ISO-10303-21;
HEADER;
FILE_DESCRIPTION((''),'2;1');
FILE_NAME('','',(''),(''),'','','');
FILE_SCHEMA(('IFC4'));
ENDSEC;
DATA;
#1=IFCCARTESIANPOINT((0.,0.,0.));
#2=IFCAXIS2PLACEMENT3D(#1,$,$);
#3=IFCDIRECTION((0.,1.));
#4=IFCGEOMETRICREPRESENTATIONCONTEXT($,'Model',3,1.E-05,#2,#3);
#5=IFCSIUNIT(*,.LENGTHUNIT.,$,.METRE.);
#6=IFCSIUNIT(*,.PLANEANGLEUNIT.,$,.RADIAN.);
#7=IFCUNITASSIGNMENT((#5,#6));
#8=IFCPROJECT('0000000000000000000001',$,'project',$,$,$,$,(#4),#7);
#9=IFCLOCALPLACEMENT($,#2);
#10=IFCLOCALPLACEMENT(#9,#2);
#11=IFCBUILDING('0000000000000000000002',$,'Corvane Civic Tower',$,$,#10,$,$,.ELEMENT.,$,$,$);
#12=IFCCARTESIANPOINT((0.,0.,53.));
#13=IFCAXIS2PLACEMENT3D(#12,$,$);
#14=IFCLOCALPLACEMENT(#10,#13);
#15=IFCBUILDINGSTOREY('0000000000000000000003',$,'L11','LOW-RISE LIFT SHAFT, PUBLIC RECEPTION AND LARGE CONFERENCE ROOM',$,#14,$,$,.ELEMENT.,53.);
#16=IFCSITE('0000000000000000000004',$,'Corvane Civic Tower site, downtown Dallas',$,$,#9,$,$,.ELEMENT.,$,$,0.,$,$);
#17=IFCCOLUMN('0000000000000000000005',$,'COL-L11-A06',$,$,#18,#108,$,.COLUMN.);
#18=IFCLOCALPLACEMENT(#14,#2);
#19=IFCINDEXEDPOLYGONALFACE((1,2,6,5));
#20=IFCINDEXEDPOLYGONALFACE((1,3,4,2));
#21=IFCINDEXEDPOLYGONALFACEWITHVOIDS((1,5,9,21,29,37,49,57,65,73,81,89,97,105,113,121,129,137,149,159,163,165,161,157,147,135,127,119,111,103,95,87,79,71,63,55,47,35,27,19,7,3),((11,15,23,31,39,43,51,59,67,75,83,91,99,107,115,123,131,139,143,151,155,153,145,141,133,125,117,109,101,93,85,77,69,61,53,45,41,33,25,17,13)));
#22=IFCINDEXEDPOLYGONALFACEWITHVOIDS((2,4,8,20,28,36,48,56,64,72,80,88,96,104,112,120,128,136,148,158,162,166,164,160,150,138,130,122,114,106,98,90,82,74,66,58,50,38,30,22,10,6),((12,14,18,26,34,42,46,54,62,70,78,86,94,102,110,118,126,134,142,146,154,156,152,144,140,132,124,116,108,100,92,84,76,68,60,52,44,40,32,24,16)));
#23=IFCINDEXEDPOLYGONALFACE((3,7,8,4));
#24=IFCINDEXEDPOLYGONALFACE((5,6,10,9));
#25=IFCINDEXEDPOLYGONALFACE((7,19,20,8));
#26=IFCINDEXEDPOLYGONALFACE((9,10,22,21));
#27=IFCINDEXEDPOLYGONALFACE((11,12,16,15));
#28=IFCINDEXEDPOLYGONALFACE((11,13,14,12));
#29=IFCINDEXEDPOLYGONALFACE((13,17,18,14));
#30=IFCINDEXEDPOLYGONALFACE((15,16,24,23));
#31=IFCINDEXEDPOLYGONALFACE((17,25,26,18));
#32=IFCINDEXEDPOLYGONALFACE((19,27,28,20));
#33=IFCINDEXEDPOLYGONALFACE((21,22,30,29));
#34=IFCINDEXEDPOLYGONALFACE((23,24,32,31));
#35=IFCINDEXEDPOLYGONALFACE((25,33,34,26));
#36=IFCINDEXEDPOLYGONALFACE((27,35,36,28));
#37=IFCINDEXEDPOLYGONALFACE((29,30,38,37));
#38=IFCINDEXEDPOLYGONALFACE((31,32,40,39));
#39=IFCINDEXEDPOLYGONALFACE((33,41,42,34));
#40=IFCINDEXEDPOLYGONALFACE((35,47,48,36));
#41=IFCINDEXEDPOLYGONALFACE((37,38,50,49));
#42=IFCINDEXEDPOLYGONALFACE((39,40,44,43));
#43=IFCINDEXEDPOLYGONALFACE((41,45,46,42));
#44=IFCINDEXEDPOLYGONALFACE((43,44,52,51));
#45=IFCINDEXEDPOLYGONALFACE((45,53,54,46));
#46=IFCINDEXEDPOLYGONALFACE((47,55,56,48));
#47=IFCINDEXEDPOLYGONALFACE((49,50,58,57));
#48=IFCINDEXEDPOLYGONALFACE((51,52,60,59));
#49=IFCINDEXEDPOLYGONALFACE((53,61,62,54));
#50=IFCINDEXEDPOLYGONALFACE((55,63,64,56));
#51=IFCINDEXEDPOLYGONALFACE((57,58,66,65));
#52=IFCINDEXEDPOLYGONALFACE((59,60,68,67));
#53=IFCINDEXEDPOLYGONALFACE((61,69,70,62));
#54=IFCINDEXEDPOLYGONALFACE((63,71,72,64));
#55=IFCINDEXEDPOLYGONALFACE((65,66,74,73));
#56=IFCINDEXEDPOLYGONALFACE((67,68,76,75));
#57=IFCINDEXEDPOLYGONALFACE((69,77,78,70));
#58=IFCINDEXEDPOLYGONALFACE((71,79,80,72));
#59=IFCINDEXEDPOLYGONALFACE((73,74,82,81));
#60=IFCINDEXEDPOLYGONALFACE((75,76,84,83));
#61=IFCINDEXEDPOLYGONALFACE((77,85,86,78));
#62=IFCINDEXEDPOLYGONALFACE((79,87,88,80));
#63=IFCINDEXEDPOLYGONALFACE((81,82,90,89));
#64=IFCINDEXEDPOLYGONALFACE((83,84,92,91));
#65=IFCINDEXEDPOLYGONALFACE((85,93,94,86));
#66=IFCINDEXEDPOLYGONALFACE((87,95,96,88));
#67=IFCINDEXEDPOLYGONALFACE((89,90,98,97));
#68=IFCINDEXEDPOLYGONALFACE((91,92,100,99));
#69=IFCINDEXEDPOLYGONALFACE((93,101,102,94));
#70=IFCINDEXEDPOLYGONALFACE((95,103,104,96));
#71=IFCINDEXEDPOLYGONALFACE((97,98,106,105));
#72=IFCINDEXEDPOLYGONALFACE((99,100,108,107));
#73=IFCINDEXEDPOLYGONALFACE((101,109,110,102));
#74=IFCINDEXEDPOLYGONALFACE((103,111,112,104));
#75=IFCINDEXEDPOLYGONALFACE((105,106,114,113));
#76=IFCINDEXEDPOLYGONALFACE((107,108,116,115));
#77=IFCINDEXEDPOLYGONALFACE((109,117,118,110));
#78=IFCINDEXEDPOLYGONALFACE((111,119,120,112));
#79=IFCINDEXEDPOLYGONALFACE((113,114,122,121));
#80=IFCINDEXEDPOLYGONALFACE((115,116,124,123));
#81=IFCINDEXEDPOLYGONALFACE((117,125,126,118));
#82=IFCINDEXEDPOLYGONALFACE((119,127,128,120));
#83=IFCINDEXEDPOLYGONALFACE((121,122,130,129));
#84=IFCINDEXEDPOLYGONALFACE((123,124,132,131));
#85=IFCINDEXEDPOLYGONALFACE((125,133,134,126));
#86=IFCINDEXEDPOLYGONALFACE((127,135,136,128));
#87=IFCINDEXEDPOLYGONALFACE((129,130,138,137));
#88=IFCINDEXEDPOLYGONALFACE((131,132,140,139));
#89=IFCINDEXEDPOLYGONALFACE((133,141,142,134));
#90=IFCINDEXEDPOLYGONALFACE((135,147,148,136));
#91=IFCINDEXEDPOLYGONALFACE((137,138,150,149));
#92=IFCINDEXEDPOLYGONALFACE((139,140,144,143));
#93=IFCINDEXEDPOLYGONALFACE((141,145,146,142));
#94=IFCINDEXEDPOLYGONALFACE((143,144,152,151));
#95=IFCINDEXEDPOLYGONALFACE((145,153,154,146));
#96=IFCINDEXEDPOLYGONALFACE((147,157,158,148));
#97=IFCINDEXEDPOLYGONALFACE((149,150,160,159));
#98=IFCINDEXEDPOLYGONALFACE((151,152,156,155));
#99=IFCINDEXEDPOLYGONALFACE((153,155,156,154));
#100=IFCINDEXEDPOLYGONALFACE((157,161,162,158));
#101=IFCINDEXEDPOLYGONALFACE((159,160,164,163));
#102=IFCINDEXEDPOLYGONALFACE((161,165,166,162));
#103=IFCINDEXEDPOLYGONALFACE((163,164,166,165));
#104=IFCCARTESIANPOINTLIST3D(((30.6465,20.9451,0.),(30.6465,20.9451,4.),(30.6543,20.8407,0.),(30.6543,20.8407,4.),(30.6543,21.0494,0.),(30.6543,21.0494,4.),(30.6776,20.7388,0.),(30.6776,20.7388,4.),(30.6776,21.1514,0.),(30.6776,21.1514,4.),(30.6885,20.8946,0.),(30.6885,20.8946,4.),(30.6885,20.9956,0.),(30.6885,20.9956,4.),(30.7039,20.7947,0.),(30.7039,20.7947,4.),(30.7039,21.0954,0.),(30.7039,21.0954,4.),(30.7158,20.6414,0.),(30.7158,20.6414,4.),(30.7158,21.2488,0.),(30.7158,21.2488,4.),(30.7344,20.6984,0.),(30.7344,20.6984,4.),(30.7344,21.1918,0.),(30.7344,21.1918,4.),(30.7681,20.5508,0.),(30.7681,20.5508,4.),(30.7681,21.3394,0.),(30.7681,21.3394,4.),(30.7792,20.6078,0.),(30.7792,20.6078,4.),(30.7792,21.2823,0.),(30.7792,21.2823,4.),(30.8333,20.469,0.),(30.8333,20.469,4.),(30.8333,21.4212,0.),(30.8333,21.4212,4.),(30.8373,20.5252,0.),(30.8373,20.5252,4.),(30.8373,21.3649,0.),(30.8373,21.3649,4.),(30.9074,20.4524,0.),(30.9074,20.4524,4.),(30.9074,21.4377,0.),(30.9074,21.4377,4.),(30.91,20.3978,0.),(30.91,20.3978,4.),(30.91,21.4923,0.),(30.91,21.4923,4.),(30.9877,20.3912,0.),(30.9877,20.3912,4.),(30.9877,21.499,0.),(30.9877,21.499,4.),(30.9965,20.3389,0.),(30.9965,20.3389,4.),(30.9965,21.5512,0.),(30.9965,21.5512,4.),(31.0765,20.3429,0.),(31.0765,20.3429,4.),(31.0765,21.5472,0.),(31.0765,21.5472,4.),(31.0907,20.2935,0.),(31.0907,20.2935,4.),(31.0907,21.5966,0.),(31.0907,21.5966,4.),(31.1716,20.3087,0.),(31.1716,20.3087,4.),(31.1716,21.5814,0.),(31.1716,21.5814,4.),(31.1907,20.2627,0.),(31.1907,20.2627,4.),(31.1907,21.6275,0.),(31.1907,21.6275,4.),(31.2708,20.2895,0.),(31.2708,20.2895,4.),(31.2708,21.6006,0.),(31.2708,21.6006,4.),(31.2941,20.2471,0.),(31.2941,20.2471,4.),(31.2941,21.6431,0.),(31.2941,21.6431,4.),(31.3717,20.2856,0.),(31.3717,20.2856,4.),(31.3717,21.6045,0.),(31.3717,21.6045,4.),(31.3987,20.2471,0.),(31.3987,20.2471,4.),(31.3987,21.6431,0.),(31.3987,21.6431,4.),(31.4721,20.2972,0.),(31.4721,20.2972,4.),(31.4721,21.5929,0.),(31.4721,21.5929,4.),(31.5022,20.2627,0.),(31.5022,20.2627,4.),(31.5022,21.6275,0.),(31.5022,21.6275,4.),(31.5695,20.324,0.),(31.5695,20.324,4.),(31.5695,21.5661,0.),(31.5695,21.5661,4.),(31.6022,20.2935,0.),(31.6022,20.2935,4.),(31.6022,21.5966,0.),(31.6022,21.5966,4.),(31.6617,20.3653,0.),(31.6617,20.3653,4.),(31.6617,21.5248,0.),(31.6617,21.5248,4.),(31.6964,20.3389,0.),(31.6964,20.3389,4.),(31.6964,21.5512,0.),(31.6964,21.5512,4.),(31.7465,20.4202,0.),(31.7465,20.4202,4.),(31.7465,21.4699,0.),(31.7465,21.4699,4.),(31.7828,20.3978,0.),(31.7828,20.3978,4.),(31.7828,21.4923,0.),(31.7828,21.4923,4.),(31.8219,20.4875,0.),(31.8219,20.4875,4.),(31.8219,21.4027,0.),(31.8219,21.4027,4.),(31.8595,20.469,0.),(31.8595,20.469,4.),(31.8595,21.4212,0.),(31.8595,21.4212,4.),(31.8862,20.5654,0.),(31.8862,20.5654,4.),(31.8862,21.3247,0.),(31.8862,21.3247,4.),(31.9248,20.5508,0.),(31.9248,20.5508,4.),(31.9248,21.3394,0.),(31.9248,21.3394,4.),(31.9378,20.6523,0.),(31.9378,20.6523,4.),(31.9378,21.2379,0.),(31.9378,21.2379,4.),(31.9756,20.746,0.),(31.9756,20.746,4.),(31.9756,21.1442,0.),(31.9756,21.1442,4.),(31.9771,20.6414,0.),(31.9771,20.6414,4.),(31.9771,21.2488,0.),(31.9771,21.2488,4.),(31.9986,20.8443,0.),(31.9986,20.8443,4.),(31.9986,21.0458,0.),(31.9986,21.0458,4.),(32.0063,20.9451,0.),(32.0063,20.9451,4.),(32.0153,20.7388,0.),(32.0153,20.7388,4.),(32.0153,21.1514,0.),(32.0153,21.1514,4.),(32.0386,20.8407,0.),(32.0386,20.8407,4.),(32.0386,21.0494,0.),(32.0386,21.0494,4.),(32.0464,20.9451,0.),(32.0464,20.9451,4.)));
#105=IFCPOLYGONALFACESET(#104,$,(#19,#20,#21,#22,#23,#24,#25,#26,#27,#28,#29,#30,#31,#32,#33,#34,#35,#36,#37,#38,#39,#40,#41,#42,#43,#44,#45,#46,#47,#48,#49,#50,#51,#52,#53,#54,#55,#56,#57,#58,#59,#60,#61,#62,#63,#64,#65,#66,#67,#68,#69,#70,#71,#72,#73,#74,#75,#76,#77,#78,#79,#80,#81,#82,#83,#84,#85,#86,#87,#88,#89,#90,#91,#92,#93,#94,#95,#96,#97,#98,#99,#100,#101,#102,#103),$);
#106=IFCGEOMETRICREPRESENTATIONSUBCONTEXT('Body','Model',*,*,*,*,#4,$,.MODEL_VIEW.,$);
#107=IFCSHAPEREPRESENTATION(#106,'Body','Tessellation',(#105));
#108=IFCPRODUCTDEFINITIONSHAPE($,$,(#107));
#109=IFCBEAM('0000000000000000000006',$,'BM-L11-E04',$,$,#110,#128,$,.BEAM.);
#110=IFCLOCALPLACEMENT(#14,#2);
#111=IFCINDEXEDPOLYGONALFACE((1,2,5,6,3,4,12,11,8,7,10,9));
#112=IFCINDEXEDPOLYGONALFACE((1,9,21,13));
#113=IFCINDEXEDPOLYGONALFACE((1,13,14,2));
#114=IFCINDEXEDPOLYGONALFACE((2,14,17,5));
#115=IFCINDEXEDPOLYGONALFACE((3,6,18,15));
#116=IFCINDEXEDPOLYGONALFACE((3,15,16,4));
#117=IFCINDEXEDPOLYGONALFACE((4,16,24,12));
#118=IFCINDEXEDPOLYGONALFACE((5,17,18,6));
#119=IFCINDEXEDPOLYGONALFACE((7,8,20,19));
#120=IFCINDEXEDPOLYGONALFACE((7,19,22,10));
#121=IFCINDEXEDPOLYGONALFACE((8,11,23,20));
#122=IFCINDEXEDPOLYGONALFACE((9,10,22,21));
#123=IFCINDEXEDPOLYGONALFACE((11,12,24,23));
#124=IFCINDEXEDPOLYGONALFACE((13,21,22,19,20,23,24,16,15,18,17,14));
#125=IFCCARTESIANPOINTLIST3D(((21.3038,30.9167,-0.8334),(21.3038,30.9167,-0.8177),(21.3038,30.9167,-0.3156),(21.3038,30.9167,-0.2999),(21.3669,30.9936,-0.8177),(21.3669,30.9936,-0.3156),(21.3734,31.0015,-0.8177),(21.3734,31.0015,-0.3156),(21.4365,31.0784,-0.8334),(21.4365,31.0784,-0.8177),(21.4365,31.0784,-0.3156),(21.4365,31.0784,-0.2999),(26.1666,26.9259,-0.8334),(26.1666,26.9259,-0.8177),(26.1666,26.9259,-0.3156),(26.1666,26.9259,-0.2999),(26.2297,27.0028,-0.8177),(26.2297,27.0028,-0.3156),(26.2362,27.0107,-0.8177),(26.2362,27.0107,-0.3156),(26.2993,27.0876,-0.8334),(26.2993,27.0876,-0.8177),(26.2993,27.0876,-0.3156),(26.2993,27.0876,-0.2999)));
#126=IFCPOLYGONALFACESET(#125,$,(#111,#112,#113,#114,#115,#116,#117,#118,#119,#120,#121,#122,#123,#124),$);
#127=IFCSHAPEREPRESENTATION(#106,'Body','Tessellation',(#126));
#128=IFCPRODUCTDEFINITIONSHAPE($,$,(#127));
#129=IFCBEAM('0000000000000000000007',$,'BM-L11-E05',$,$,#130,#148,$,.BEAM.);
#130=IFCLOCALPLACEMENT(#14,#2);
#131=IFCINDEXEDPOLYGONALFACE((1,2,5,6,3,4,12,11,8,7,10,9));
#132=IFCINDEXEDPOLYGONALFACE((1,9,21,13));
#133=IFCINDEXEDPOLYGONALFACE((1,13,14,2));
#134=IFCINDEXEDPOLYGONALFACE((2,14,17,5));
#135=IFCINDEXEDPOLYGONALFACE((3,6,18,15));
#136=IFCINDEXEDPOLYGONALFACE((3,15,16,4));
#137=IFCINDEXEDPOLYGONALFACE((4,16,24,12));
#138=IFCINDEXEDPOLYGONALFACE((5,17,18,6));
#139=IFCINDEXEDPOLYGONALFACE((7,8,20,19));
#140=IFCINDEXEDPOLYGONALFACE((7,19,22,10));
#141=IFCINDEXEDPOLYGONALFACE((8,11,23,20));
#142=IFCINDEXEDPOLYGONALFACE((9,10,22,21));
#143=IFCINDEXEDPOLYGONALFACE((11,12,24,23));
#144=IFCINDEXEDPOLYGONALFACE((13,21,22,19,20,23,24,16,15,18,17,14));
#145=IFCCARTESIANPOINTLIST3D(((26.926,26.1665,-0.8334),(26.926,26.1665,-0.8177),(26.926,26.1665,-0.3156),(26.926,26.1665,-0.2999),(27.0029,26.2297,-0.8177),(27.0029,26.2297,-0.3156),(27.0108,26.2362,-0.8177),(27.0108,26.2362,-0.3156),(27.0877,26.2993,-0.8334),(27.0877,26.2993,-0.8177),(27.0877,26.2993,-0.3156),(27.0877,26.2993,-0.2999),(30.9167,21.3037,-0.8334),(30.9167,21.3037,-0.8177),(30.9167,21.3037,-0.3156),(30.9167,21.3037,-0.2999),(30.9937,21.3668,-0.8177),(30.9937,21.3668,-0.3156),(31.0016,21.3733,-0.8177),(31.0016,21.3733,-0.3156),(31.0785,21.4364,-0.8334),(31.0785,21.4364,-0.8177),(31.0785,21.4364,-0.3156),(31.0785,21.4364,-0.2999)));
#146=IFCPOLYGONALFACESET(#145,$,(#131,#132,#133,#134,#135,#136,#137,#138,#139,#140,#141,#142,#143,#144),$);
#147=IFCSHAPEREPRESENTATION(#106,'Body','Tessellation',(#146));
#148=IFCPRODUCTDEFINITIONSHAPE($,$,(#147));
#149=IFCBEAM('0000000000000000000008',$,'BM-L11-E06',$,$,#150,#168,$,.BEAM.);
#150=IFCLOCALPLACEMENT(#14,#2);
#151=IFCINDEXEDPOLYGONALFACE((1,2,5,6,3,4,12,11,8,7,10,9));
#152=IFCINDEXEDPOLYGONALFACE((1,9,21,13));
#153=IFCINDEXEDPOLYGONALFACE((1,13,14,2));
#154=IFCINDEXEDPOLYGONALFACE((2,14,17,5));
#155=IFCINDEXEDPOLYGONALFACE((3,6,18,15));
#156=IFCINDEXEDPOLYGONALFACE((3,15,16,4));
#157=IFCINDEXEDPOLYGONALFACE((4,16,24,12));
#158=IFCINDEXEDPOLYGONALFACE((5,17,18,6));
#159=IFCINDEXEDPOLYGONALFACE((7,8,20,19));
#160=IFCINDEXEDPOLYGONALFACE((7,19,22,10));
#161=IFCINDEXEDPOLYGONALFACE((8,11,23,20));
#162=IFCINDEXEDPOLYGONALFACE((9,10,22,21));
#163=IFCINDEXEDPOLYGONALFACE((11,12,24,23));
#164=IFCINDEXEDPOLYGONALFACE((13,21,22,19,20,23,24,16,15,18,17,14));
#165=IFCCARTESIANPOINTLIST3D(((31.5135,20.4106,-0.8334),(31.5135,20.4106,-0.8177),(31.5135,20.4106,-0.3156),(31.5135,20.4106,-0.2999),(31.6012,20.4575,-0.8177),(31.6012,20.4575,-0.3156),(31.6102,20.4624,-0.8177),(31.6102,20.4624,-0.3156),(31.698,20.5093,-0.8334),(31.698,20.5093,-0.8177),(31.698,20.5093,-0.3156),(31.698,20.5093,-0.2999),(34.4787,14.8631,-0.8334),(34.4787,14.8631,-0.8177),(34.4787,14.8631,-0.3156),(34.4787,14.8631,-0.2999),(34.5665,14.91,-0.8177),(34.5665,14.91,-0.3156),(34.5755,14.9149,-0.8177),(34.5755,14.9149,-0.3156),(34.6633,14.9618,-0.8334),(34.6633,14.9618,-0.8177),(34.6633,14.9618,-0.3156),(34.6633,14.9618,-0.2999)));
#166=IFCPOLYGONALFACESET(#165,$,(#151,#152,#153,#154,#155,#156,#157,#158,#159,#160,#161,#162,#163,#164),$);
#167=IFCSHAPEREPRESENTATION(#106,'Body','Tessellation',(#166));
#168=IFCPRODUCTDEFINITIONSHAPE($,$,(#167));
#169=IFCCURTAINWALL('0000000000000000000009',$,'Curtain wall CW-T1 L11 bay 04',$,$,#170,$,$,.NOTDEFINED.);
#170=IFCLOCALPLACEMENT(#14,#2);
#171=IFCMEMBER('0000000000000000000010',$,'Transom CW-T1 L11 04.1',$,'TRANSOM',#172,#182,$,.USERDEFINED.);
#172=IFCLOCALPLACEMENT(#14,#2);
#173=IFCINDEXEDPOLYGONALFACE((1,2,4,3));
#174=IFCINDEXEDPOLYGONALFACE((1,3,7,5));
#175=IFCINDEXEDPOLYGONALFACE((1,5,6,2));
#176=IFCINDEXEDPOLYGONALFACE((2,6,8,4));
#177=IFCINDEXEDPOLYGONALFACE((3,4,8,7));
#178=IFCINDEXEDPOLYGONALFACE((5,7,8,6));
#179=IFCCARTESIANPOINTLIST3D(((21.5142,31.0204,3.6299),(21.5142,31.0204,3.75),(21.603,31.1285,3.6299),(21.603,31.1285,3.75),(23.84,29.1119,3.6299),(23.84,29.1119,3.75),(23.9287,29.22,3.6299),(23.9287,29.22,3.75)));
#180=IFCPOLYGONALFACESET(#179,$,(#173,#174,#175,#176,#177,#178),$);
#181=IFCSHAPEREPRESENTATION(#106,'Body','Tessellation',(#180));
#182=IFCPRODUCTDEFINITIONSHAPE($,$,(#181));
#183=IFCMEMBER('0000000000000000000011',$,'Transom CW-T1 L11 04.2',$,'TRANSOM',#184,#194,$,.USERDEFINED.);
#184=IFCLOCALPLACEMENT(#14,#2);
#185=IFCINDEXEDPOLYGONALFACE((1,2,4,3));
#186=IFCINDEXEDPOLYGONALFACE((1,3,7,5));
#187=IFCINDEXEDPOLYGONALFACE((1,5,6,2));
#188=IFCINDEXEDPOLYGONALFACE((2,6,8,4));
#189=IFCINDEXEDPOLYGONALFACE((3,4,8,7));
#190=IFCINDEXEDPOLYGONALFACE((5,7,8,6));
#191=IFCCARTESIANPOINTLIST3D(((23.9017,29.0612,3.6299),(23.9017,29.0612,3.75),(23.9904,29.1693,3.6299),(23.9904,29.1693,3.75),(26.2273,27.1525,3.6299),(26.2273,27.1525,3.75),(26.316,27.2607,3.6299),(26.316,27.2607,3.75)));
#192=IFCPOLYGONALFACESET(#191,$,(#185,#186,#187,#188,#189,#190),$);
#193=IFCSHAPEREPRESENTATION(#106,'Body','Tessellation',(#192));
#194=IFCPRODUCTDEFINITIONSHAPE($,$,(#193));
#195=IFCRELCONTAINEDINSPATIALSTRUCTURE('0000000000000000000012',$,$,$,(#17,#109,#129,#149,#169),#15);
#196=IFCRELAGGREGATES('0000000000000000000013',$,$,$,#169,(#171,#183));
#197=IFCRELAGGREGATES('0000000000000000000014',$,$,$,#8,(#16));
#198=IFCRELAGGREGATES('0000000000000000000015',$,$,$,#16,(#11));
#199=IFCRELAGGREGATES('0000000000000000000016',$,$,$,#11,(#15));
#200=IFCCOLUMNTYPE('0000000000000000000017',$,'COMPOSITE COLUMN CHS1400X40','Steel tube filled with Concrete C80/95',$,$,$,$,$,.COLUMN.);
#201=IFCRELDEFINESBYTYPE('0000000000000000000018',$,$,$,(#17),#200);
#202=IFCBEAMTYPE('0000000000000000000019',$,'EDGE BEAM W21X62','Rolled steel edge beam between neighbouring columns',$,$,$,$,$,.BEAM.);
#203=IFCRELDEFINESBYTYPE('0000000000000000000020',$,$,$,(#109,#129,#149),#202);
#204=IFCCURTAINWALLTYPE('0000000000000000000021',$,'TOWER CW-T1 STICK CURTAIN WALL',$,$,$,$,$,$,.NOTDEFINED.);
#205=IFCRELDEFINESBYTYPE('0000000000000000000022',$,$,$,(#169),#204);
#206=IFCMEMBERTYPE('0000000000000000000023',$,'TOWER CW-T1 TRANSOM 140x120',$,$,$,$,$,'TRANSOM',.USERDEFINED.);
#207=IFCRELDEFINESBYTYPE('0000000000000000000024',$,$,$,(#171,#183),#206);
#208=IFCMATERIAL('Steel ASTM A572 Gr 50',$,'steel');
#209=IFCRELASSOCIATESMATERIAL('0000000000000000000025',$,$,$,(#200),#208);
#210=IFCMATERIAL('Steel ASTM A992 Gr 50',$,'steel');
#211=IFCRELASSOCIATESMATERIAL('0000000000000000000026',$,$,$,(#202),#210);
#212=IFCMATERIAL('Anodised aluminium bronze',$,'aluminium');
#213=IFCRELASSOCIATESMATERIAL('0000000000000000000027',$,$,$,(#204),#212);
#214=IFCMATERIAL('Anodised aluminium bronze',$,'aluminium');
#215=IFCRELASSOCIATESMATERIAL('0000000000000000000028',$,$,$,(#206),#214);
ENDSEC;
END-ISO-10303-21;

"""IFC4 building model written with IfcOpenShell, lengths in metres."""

from ifc_helpers import new_model, si_unit, direction, frame, origin, origin_2d, place, context, subcontext, project, spatial, rectangle, hollow_circle, i_section, extrude, material, material_profile, profile_set, type_object, element, aggregate, save


model = new_model("IFC4")

# Units and contexts
model_context = context("Model", 3, precision=1e-05, world=origin(), true_north=direction((0.0, 1.0)))
body_context = subcontext(model_context, "Body", "Model", "MODEL_VIEW")
ifc_project = project(units=[si_unit("LENGTHUNIT", "METRE"), si_unit("PLANEANGLEUNIT", "RADIAN")], contexts=[model_context])

# Site, building, storey
site_placement = place(None, origin())
site = spatial("IfcSite", under=ifc_project, at=site_placement, Name="Corvane Civic Tower site, downtown Dallas", CompositionType="ELEMENT", RefElevation=0.0)
building_placement = place(site_placement, origin())
building = spatial("IfcBuilding", under=site, at=building_placement, Name="Corvane Civic Tower", CompositionType="ELEMENT")
storey_placement = place(building_placement, frame((0.0, 0.0, 53.0)))
storey = spatial("IfcBuildingStorey", under=building, at=storey_placement, Name="L11", Description="LOW-RISE LIFT SHAFT, PUBLIC RECEPTION AND LARGE CONFERENCE ROOM", CompositionType="ELEMENT", Elevation=53.0)

# Column
ifc_material_1 = material(Name="Steel ASTM A572 Gr 50", Category="steel")
ifc_material_profile_1 = material_profile(ifc_material_1, hollow_circle(Radius=0.7, WallThickness=0.04, at=origin_2d()), Name="CHS1400X40")
ifc_profile_set_1 = profile_set([ifc_material_profile_1], Name="Steel ASTM A572 Gr 50")
column_type = type_object("IfcColumnType", Name="COMPOSITE COLUMN CHS1400X40", Description="Steel tube filled with Concrete C80/95", PredefinedType="COLUMN", material=ifc_profile_set_1)
for number, where, z_axis, x_axis, name in (
    (1, (31.3464, 20.9451, 0.0), (0.0, 0.0, 1.0), (1.0, 0.0, 0.0), "COL-L11-A06"),
):
    element("IfcColumn", number, at=place(storey_placement, frame(where, z_axis=z_axis, x_axis=x_axis)), inside=storey, type_object=column_type, Name=name, PredefinedType="COLUMN", context=body_context, shape_type="SweptSolid", body=[
        extrude(hollow_circle(Radius=0.7, WallThickness=0.04, at=origin_2d()), origin(), (0.0, 0.0, 1.0), 4.0),
    ])

# Beams
ifc_material_2 = material(Name="Steel ASTM A992 Gr 50", Category="steel")
ifc_material_profile_2 = material_profile(ifc_material_2, i_section(OverallWidth=0.2092, OverallDepth=0.5334, WebThickness=0.0103, FlangeThickness=0.0156, at=origin_2d()), Name="W21X62")
ifc_profile_set_2 = profile_set([ifc_material_profile_2], Name="Steel ASTM A992 Gr 50")
beam_type = type_object("IfcBeamType", Name="EDGE BEAM W21X62", Description="Rolled steel edge beam between neighbouring columns", PredefinedType="BEAM", material=ifc_profile_set_2)
for number, where, z_axis, x_axis, name in (
    (2, (21.3701, 30.9976, -0.5667), (0.773016, -0.634387, 0.0), (0.634387, 0.773016, 0.0), "BM-L11-E04"),
    (3, (27.0068, 26.2329, -0.5667), (0.634387, -0.773016, 0.0), (0.773016, 0.634387, 0.0), "BM-L11-E05"),
):
    element("IfcBeam", number, at=place(storey_placement, frame(where, z_axis=z_axis, x_axis=x_axis)), inside=storey, type_object=beam_type, Name=name, PredefinedType="BEAM", context=body_context, shape_type="SweptSolid", body=[
        extrude(i_section(OverallWidth=0.2092, OverallDepth=0.5334, WebThickness=0.0103, FlangeThickness=0.0156, at=origin_2d()), origin(), (0.0, 0.0, 1.0), 6.2908),
    ])
beam_placement = place(storey_placement, frame((31.6057, 20.46, -0.5667), z_axis=(0.471406, -0.881916, 0.0), x_axis=(0.881916, 0.471406, 0.0)))
element("IfcBeam", 4, at=beam_placement, inside=storey, type_object=beam_type, Name="BM-L11-E06", PredefinedType="BEAM", context=body_context, shape_type="SweptSolid", body=[
    extrude(i_section(OverallWidth=0.2092, OverallDepth=0.5334, WebThickness=0.0103, FlangeThickness=0.0156, at=origin_2d()), origin(), (0.0, 0.0, 1.0), 6.2903),
])

# Curtain wall, members
ifc_material_3 = material(Name="Anodised aluminium bronze", Category="aluminium")
curtain_wall_type = type_object("IfcCurtainWallType", Name="TOWER CW-T1 STICK CURTAIN WALL", PredefinedType="NOTDEFINED", material=ifc_material_3)
curtain_wall_1_placement = place(storey_placement, origin())
curtain_wall_1 = element("IfcCurtainWall", 5, at=curtain_wall_1_placement, inside=storey, type_object=curtain_wall_type, Name="Curtain wall CW-T1 L11 bay 04", PredefinedType="NOTDEFINED")
ifc_material_4 = material(Name="Anodised aluminium bronze", Category="aluminium")
ifc_material_profile_3 = material_profile(ifc_material_4, rectangle(XDim=0.1399, YDim=0.1201, at=origin_2d()), Name="TOWER CW-T1 TRANSOM 140x120")
ifc_profile_set_3 = profile_set([ifc_material_profile_3], Name="Anodised aluminium bronze")
member_type_1 = type_object("IfcMemberType", Name="TOWER CW-T1 TRANSOM 140x120", ElementType="TRANSOM", PredefinedType="USERDEFINED", material=ifc_profile_set_3)
member_1_placement = place(storey_placement, frame((21.5586, 31.0745, 3.6899), z_axis=(0.773042, -0.634355, 0.0), x_axis=(0.634355, 0.773042, 0.0)))
member_1 = element("IfcMember", 6, at=member_1_placement, type_object=member_type_1, Name="Transom CW-T1 L11 04.1", ObjectType="TRANSOM", PredefinedType="USERDEFINED", context=body_context, shape_type="SweptSolid", body=[
    extrude(rectangle(XDim=0.1399, YDim=0.1201, at=origin_2d()), origin(), (0.0, 0.0, 1.0), 3.0085),
])
member_2_placement = place(storey_placement, frame((23.946, 29.1152, 3.6899), z_axis=(0.773002, -0.634404, 0.0), x_axis=(0.634404, 0.773002, 0.0)))
member_2 = element("IfcMember", 7, at=member_2_placement, type_object=member_type_1, Name="Transom CW-T1 L11 04.2", ObjectType="TRANSOM", PredefinedType="USERDEFINED", context=body_context, shape_type="SweptSolid", body=[
    extrude(rectangle(XDim=0.1399, YDim=0.1201, at=origin_2d()), origin(), (0.0, 0.0, 1.0), 3.0085),
])

aggregate(curtain_wall_1, [member_1, member_2])

save(model, "model.ifc")
